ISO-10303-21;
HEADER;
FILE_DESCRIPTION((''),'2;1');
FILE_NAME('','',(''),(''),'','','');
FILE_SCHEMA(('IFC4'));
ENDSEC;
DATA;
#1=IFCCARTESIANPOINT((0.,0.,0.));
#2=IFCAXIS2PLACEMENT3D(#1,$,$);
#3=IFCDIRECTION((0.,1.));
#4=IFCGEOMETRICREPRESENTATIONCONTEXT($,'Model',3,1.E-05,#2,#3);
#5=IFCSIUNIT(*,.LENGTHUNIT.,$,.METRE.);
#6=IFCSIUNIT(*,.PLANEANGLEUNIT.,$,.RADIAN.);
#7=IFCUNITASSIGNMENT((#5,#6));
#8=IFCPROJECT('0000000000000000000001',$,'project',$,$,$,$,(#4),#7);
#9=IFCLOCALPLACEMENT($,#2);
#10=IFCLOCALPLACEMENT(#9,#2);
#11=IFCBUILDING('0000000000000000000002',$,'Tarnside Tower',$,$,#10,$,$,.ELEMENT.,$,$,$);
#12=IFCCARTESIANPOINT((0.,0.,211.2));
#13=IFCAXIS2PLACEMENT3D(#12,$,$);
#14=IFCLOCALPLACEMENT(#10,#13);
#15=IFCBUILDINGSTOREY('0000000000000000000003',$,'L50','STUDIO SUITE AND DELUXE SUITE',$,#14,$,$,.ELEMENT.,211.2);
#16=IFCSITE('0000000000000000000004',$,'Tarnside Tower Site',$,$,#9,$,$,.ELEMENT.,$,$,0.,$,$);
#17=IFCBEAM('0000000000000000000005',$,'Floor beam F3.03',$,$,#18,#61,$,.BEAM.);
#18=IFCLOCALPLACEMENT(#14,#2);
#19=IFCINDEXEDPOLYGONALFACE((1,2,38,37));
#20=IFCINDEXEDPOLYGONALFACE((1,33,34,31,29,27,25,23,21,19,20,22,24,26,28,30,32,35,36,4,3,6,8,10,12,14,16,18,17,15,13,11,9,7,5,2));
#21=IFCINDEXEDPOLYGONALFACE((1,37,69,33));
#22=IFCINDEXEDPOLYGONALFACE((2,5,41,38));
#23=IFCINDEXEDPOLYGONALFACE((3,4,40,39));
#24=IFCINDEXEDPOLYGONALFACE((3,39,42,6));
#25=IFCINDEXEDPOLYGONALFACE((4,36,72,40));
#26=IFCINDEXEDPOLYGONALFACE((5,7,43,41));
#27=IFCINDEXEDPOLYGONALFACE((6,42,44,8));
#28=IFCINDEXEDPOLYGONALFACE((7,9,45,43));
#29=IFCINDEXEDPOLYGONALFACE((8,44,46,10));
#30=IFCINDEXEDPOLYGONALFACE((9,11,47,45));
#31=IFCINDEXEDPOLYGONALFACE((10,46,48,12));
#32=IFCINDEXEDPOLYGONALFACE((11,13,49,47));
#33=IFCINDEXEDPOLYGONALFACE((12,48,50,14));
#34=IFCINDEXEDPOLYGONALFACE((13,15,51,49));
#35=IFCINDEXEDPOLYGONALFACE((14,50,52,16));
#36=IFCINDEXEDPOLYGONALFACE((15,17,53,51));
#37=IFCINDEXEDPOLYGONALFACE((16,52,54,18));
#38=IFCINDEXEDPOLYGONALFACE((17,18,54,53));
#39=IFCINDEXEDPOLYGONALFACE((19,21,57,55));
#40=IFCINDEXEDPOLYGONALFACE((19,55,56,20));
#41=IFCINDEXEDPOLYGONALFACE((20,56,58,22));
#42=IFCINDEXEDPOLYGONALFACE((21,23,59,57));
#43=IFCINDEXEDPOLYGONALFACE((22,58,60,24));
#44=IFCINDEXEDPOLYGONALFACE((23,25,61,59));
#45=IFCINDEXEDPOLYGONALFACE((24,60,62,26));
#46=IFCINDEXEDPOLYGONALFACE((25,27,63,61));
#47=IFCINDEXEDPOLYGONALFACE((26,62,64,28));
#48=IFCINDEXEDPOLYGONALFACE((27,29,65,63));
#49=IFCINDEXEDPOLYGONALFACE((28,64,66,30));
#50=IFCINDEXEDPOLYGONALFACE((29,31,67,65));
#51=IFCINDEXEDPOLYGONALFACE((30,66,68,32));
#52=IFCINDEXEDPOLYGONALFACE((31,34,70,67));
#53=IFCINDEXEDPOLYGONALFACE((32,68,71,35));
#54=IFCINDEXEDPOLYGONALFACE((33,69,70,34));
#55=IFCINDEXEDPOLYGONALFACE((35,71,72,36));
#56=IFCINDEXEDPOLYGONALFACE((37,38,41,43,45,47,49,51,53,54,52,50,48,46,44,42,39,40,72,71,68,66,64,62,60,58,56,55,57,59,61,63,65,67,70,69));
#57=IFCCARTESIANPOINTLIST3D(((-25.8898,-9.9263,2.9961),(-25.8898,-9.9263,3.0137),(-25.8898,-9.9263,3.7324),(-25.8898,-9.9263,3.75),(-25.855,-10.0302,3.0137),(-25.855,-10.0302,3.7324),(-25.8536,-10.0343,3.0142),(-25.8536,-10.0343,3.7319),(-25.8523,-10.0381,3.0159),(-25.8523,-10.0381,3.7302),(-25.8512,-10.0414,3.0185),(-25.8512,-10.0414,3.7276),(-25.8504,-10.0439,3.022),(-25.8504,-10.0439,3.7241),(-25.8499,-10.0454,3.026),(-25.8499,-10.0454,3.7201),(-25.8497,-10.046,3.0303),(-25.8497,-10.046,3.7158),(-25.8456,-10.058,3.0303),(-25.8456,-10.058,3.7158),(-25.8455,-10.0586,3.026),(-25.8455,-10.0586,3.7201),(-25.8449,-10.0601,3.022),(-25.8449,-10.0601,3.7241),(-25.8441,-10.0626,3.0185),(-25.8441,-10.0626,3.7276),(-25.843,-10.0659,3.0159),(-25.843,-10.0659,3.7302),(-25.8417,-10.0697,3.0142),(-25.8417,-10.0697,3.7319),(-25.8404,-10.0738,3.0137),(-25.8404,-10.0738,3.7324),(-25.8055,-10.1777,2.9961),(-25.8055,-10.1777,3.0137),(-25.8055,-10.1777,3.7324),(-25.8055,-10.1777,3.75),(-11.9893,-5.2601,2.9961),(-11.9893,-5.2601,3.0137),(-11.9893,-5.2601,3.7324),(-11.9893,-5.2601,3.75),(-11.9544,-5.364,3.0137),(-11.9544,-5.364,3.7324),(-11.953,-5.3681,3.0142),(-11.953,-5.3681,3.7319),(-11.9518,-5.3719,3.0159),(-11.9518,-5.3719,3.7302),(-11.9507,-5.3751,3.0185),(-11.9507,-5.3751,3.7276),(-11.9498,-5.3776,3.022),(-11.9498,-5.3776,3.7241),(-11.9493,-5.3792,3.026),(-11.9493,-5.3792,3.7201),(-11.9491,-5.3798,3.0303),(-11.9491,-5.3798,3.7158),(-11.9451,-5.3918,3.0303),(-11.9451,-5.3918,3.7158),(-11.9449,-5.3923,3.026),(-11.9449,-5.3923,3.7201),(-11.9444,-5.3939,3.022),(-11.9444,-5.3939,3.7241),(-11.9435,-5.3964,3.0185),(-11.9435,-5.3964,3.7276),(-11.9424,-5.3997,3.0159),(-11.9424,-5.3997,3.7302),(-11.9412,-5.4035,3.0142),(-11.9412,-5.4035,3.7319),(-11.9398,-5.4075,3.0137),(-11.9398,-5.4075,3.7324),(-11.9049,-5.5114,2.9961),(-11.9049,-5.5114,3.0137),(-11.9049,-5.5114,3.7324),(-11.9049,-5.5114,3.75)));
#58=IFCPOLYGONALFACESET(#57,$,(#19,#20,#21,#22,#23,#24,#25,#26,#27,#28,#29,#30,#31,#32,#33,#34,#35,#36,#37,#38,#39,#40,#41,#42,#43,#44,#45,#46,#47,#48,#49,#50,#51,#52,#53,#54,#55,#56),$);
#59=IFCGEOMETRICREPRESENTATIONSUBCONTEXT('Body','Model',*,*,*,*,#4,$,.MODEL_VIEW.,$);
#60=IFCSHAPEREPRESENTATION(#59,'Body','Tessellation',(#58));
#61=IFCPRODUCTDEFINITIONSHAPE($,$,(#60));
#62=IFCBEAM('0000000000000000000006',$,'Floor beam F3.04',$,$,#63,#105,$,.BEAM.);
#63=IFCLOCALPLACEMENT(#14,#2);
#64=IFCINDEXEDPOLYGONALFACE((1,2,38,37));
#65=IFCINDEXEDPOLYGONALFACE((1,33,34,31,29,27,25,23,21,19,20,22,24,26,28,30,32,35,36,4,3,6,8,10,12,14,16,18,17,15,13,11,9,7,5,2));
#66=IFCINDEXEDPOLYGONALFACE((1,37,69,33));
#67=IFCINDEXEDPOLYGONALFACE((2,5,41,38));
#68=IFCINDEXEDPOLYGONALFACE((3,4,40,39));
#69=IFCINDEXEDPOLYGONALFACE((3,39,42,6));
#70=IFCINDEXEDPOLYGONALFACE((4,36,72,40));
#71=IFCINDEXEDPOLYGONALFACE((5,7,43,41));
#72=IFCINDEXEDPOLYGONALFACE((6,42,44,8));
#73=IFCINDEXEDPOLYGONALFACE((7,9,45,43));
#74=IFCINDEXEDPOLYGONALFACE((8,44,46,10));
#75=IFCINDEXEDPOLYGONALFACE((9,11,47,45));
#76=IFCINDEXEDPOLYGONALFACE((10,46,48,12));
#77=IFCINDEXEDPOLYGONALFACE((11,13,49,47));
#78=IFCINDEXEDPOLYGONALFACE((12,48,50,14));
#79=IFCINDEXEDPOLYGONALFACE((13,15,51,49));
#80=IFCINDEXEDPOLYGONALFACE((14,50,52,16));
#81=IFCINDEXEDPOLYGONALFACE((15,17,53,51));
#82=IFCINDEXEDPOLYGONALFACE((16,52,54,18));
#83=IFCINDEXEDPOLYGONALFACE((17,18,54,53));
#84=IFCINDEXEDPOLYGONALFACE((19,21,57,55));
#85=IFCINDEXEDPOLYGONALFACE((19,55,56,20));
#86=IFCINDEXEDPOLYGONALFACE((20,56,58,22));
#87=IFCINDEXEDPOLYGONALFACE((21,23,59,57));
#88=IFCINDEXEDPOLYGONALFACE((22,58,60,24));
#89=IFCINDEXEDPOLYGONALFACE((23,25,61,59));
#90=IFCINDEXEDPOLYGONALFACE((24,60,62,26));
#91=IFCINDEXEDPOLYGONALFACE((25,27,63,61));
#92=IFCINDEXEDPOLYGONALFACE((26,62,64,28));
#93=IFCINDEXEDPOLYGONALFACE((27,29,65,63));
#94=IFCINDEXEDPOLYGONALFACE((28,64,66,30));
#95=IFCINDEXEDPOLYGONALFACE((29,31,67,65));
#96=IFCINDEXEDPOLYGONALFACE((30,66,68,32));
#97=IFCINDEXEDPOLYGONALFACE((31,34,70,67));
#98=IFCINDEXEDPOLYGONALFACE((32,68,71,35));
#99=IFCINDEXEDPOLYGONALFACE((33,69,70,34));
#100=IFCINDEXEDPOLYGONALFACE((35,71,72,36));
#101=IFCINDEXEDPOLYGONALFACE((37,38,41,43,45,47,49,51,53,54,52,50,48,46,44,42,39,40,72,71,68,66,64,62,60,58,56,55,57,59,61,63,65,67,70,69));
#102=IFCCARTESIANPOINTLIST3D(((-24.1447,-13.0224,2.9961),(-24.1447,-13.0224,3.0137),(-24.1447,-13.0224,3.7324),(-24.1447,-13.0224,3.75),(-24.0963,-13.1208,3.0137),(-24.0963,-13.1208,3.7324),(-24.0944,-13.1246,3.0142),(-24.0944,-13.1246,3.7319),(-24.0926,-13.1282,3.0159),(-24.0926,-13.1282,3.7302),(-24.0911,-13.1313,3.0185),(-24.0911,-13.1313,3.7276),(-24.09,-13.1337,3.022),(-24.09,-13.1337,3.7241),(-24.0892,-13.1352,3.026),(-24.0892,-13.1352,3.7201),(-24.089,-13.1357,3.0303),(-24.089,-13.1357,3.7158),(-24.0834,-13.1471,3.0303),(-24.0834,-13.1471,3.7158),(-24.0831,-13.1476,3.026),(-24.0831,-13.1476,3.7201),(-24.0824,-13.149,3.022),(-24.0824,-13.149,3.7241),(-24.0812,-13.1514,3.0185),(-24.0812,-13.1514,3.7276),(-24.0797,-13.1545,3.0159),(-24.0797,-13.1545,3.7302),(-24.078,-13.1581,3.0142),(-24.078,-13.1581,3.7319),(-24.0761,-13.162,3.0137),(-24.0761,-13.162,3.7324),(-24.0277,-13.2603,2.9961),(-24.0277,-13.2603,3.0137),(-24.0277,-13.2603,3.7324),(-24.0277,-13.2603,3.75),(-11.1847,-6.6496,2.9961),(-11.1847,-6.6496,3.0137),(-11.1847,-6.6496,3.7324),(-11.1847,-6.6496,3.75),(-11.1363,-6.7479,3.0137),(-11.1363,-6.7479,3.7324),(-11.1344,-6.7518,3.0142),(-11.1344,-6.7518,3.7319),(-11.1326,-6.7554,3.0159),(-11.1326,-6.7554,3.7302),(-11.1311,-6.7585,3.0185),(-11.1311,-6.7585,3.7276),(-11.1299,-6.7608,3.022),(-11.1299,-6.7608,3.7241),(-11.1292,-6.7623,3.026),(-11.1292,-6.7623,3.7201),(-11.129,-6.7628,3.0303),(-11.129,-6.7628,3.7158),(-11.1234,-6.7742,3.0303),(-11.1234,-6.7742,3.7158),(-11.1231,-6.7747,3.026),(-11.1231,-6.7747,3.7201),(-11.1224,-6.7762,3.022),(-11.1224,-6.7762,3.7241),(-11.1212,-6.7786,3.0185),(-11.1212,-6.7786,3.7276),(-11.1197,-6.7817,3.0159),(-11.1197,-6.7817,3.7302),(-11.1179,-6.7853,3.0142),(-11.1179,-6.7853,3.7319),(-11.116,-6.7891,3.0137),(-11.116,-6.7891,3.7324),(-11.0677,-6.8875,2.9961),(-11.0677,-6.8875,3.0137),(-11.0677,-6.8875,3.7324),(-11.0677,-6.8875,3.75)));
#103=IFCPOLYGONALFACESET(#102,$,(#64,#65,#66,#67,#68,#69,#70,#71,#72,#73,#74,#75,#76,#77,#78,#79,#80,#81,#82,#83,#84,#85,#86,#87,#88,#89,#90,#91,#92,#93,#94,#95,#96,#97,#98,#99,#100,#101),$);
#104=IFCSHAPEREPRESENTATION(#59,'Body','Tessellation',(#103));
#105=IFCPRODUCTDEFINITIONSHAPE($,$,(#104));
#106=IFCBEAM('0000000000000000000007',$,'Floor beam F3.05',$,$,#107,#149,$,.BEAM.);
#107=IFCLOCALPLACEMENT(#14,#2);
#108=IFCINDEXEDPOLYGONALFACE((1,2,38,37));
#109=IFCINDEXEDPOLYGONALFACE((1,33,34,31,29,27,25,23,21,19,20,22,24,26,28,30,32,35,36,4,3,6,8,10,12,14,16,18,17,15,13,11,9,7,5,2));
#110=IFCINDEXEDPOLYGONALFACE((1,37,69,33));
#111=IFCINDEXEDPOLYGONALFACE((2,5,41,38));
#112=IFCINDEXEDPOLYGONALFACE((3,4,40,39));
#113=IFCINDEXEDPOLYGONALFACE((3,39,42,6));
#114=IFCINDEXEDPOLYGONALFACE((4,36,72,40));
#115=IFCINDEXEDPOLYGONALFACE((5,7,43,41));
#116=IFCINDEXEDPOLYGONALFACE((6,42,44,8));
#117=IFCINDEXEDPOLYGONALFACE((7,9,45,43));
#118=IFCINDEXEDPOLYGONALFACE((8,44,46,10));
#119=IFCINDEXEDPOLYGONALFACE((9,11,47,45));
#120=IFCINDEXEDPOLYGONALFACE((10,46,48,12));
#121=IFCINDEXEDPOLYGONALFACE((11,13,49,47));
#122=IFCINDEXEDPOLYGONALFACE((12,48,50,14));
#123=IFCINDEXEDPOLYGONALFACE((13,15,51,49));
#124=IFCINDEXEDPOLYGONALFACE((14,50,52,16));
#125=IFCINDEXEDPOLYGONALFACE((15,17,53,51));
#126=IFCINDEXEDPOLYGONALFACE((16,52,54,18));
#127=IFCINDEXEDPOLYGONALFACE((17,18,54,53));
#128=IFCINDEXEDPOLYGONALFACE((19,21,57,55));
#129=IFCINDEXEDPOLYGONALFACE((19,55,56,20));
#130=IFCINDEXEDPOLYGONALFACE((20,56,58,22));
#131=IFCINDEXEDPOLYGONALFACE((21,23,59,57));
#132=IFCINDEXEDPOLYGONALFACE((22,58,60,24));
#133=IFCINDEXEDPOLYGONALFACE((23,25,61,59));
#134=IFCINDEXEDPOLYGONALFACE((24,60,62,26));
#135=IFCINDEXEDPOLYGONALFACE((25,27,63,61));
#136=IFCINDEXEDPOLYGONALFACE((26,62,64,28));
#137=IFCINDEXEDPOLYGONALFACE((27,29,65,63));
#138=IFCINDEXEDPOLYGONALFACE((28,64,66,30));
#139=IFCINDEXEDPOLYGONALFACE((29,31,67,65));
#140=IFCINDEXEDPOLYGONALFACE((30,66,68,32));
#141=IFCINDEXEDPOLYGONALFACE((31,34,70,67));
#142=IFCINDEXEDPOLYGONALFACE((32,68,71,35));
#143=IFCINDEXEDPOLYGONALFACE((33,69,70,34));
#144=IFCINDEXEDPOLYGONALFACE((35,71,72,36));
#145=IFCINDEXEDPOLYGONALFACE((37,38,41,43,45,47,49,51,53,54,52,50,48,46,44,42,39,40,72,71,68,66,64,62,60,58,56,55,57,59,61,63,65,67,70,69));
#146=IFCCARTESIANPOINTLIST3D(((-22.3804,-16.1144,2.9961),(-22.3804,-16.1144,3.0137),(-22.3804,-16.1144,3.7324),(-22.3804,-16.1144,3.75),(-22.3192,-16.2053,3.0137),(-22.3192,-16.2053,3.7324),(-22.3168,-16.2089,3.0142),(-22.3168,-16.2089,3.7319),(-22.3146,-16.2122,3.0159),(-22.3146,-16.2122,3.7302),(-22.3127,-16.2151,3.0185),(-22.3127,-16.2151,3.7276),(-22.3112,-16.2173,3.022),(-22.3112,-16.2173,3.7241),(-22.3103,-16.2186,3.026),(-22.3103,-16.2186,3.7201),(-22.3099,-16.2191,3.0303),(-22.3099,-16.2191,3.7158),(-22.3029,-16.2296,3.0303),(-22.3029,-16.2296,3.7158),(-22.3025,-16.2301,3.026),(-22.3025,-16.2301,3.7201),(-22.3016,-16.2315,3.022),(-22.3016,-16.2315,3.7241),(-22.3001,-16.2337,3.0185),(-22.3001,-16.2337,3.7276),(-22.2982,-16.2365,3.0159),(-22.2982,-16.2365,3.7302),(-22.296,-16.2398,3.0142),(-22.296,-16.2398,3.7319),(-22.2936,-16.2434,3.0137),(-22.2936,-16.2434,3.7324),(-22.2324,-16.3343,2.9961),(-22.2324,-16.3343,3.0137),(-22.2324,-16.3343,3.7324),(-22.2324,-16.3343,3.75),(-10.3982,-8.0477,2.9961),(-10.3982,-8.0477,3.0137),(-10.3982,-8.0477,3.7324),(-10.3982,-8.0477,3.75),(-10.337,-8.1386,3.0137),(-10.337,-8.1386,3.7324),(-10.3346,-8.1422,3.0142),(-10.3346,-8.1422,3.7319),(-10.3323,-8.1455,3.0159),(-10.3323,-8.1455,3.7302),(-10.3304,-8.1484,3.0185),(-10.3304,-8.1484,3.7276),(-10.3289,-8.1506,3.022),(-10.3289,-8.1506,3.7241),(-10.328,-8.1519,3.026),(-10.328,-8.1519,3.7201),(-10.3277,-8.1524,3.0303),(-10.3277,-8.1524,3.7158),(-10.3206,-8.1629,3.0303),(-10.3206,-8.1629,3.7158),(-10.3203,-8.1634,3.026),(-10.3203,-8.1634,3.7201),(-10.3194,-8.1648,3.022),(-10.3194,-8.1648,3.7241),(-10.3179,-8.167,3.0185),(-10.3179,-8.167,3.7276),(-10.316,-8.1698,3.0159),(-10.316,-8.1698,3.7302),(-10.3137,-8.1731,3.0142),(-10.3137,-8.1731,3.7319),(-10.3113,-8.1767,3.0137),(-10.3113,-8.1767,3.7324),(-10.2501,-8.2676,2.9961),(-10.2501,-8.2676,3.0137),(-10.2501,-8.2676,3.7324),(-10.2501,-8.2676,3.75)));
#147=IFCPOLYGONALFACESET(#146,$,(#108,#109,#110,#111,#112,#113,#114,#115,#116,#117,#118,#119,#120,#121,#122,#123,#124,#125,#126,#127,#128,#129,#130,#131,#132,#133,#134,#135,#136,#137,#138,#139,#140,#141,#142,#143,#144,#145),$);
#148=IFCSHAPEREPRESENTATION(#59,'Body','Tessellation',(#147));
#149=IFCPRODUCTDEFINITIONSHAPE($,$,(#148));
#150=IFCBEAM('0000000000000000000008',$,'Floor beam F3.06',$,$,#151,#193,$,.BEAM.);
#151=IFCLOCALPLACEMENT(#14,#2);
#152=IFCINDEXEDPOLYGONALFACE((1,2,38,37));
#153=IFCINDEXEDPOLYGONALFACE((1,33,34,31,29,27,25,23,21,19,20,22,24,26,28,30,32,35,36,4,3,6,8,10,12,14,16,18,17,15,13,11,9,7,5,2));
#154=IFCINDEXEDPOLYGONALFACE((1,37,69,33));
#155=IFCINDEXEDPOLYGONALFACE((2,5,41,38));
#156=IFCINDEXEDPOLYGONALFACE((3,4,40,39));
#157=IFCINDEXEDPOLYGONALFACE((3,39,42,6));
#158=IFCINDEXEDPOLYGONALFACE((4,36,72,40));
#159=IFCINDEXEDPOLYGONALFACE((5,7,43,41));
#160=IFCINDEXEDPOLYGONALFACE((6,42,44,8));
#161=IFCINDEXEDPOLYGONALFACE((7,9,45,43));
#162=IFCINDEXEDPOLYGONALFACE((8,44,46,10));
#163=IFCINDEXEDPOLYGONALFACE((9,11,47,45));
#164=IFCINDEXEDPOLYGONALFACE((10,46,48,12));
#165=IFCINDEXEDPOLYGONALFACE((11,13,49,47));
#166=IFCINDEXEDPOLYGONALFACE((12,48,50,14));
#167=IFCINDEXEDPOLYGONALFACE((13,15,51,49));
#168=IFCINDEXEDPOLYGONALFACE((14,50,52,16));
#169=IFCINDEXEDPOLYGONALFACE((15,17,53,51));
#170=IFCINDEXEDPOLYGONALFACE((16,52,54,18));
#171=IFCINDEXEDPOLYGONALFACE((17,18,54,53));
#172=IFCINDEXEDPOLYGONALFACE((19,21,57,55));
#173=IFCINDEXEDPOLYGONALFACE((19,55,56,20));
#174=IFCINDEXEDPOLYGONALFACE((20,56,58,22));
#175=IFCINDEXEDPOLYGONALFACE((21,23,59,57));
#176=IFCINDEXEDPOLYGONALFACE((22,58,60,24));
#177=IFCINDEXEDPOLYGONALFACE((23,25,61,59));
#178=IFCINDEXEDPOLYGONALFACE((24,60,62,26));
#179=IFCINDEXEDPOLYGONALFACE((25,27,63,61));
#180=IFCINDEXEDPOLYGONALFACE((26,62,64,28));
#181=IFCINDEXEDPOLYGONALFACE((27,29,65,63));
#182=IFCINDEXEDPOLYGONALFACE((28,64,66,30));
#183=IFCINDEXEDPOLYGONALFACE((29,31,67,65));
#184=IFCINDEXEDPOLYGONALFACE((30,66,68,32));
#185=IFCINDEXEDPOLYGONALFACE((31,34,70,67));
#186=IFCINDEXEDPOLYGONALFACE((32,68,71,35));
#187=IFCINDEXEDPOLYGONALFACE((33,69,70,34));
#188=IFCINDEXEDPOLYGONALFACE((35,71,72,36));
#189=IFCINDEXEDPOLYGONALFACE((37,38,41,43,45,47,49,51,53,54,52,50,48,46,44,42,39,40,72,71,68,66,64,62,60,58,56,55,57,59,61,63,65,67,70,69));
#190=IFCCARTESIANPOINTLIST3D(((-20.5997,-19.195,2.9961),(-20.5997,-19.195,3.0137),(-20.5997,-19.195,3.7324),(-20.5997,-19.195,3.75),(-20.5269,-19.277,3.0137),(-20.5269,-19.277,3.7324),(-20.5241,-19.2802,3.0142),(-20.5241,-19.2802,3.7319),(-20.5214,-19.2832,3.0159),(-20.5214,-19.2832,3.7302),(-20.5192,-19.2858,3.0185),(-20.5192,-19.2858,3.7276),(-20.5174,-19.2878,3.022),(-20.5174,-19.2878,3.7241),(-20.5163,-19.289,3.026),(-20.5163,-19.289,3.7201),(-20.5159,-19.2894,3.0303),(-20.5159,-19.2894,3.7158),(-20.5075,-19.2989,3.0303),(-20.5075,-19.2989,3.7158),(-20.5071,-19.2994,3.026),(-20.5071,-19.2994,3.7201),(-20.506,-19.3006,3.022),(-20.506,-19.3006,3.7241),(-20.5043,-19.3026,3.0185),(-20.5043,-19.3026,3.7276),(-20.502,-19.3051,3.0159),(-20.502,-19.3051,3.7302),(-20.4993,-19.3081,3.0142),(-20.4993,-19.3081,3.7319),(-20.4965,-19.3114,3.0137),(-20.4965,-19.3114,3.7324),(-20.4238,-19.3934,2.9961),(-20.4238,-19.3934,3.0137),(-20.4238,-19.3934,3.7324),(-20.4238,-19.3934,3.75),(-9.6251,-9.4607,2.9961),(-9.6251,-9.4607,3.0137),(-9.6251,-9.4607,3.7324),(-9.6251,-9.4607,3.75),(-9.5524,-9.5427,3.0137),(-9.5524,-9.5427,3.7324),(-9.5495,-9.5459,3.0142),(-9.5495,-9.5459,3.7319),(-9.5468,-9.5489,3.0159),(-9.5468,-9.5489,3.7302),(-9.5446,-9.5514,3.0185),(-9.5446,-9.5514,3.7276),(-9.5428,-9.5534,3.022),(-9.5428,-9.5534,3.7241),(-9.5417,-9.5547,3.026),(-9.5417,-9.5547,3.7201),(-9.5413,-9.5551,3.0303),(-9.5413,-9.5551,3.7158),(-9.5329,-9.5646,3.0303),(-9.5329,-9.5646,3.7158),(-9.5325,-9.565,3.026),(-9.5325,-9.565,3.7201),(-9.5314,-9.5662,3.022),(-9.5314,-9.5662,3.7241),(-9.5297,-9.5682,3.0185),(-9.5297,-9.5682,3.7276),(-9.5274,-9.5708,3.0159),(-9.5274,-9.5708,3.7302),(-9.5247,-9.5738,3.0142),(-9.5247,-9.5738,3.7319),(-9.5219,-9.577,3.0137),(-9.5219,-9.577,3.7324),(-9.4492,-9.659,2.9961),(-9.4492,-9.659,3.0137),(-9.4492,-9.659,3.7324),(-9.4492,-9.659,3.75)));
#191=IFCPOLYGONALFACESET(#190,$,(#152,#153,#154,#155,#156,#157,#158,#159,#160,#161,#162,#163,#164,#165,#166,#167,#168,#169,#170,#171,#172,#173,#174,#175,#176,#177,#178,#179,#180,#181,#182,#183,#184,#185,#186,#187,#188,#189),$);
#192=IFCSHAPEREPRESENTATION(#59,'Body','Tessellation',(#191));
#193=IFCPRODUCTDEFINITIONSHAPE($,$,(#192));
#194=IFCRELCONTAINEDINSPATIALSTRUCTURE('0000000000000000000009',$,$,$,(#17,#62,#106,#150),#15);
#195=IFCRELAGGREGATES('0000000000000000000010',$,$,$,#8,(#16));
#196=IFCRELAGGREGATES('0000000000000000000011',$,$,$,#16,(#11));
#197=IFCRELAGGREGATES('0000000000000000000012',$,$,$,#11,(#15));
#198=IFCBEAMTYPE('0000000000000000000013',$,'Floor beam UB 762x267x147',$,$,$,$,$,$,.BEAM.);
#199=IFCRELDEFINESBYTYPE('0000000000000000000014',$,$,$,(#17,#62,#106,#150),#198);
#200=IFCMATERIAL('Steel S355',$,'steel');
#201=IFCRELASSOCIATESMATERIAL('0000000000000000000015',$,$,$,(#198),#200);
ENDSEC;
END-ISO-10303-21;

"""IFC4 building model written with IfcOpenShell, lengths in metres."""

from ifc_helpers import new_model, si_unit, direction, frame, origin, origin_2d, place, context, subcontext, project, spatial, i_section, extrude, material, material_profile, profile_set, type_object, element, save


model = new_model("IFC4")

# Units and contexts
model_context = context("Model", 3, precision=1e-05, world=origin(), true_north=direction((0.0, 1.0)))
body_context = subcontext(model_context, "Body", "Model", "MODEL_VIEW")
ifc_project = project(units=[si_unit("LENGTHUNIT", "METRE"), si_unit("PLANEANGLEUNIT", "RADIAN")], contexts=[model_context])

# Site, building, storey
site_placement = place(None, origin())
site = spatial("IfcSite", under=ifc_project, at=site_placement, Name="Tarnside Tower Site", CompositionType="ELEMENT", RefElevation=0.0)
building_placement = place(site_placement, origin())
building = spatial("IfcBuilding", under=site, at=building_placement, Name="Tarnside Tower", CompositionType="ELEMENT")
storey_placement = place(building_placement, frame((0.0, 0.0, 211.2)))
storey = spatial("IfcBuildingStorey", under=building, at=storey_placement, Name="L50", Description="STUDIO SUITE AND DELUXE SUITE", CompositionType="ELEMENT", Elevation=211.2)

# Beams
ifc_material_1 = material(Name="Steel S355", Category="steel")
ifc_material_profile_1 = material_profile(ifc_material_1, i_section(OverallWidth=0.2651, OverallDepth=0.7539, WebThickness=0.0127, FlangeThickness=0.0176, FilletRadius=0.0166, at=origin_2d()), Name="UB 762x267x147")
ifc_profile_set_1 = profile_set([ifc_material_profile_1], Name="Steel S355")
beam_type_1 = type_object("IfcBeamType", Name="Floor beam UB 762x267x147", PredefinedType="BEAM", material=ifc_profile_set_1)
beam_1_placement = place(storey_placement, frame((-25.8477, -10.052, 3.373), z_axis=(0.948012, 0.318235, 0.0), x_axis=(-0.318235, 0.948012, 0.0)))
element("IfcBeam", 1, at=beam_1_placement, inside=storey, type_object=beam_type_1, Name="Floor beam F3.03", PredefinedType="BEAM", context=body_context, shape_type="SweptSolid", body=[
    extrude(i_section(OverallWidth=0.2651, OverallDepth=0.7539, WebThickness=0.0127, FlangeThickness=0.0176, FilletRadius=0.0166, at=origin_2d()), origin(), (0.0, 0.0, 1.0), 14.6628),
])
beam_2_placement = place(storey_placement, frame((-24.0862, -13.1414, 3.373), z_axis=(0.897376, 0.441267, 0.0), x_axis=(-0.441267, 0.897376, 0.0)))
element("IfcBeam", 2, at=beam_2_placement, inside=storey, type_object=beam_type_1, Name="Floor beam F3.04", PredefinedType="BEAM", context=body_context, shape_type="SweptSolid", body=[
    extrude(i_section(OverallWidth=0.2651, OverallDepth=0.7539, WebThickness=0.0127, FlangeThickness=0.0176, FilletRadius=0.0166, at=origin_2d()), origin(), (0.0, 0.0, 1.0), 14.4421),
])
beam_3_placement = place(storey_placement, frame((-22.3064, -16.2244, 3.373), z_axis=(0.829532, 0.558458, 0.0), x_axis=(-0.558458, 0.829532, 0.0)))
element("IfcBeam", 3, at=beam_3_placement, inside=storey, type_object=beam_type_1, Name="Floor beam F3.05", PredefinedType="BEAM", context=body_context, shape_type="SweptSolid", body=[
    extrude(i_section(OverallWidth=0.2651, OverallDepth=0.7539, WebThickness=0.0127, FlangeThickness=0.0176, FilletRadius=0.0166, at=origin_2d()), origin(), (0.0, 0.0, 1.0), 14.4446),
])
beam_4_placement = place(storey_placement, frame((-20.5117, -19.2942, 3.373), z_axis=(0.748114, 0.66357, 0.0), x_axis=(-0.66357, 0.748114, 0.0)))
element("IfcBeam", 4, at=beam_4_placement, inside=storey, type_object=beam_type_1, Name="Floor beam F3.06", PredefinedType="BEAM", context=body_context, shape_type="SweptSolid", body=[
    extrude(i_section(OverallWidth=0.2651, OverallDepth=0.7539, WebThickness=0.0127, FlangeThickness=0.0176, FilletRadius=0.0166, at=origin_2d()), origin(), (0.0, 0.0, 1.0), 14.6697),
])

save(model, "model.ifc")
